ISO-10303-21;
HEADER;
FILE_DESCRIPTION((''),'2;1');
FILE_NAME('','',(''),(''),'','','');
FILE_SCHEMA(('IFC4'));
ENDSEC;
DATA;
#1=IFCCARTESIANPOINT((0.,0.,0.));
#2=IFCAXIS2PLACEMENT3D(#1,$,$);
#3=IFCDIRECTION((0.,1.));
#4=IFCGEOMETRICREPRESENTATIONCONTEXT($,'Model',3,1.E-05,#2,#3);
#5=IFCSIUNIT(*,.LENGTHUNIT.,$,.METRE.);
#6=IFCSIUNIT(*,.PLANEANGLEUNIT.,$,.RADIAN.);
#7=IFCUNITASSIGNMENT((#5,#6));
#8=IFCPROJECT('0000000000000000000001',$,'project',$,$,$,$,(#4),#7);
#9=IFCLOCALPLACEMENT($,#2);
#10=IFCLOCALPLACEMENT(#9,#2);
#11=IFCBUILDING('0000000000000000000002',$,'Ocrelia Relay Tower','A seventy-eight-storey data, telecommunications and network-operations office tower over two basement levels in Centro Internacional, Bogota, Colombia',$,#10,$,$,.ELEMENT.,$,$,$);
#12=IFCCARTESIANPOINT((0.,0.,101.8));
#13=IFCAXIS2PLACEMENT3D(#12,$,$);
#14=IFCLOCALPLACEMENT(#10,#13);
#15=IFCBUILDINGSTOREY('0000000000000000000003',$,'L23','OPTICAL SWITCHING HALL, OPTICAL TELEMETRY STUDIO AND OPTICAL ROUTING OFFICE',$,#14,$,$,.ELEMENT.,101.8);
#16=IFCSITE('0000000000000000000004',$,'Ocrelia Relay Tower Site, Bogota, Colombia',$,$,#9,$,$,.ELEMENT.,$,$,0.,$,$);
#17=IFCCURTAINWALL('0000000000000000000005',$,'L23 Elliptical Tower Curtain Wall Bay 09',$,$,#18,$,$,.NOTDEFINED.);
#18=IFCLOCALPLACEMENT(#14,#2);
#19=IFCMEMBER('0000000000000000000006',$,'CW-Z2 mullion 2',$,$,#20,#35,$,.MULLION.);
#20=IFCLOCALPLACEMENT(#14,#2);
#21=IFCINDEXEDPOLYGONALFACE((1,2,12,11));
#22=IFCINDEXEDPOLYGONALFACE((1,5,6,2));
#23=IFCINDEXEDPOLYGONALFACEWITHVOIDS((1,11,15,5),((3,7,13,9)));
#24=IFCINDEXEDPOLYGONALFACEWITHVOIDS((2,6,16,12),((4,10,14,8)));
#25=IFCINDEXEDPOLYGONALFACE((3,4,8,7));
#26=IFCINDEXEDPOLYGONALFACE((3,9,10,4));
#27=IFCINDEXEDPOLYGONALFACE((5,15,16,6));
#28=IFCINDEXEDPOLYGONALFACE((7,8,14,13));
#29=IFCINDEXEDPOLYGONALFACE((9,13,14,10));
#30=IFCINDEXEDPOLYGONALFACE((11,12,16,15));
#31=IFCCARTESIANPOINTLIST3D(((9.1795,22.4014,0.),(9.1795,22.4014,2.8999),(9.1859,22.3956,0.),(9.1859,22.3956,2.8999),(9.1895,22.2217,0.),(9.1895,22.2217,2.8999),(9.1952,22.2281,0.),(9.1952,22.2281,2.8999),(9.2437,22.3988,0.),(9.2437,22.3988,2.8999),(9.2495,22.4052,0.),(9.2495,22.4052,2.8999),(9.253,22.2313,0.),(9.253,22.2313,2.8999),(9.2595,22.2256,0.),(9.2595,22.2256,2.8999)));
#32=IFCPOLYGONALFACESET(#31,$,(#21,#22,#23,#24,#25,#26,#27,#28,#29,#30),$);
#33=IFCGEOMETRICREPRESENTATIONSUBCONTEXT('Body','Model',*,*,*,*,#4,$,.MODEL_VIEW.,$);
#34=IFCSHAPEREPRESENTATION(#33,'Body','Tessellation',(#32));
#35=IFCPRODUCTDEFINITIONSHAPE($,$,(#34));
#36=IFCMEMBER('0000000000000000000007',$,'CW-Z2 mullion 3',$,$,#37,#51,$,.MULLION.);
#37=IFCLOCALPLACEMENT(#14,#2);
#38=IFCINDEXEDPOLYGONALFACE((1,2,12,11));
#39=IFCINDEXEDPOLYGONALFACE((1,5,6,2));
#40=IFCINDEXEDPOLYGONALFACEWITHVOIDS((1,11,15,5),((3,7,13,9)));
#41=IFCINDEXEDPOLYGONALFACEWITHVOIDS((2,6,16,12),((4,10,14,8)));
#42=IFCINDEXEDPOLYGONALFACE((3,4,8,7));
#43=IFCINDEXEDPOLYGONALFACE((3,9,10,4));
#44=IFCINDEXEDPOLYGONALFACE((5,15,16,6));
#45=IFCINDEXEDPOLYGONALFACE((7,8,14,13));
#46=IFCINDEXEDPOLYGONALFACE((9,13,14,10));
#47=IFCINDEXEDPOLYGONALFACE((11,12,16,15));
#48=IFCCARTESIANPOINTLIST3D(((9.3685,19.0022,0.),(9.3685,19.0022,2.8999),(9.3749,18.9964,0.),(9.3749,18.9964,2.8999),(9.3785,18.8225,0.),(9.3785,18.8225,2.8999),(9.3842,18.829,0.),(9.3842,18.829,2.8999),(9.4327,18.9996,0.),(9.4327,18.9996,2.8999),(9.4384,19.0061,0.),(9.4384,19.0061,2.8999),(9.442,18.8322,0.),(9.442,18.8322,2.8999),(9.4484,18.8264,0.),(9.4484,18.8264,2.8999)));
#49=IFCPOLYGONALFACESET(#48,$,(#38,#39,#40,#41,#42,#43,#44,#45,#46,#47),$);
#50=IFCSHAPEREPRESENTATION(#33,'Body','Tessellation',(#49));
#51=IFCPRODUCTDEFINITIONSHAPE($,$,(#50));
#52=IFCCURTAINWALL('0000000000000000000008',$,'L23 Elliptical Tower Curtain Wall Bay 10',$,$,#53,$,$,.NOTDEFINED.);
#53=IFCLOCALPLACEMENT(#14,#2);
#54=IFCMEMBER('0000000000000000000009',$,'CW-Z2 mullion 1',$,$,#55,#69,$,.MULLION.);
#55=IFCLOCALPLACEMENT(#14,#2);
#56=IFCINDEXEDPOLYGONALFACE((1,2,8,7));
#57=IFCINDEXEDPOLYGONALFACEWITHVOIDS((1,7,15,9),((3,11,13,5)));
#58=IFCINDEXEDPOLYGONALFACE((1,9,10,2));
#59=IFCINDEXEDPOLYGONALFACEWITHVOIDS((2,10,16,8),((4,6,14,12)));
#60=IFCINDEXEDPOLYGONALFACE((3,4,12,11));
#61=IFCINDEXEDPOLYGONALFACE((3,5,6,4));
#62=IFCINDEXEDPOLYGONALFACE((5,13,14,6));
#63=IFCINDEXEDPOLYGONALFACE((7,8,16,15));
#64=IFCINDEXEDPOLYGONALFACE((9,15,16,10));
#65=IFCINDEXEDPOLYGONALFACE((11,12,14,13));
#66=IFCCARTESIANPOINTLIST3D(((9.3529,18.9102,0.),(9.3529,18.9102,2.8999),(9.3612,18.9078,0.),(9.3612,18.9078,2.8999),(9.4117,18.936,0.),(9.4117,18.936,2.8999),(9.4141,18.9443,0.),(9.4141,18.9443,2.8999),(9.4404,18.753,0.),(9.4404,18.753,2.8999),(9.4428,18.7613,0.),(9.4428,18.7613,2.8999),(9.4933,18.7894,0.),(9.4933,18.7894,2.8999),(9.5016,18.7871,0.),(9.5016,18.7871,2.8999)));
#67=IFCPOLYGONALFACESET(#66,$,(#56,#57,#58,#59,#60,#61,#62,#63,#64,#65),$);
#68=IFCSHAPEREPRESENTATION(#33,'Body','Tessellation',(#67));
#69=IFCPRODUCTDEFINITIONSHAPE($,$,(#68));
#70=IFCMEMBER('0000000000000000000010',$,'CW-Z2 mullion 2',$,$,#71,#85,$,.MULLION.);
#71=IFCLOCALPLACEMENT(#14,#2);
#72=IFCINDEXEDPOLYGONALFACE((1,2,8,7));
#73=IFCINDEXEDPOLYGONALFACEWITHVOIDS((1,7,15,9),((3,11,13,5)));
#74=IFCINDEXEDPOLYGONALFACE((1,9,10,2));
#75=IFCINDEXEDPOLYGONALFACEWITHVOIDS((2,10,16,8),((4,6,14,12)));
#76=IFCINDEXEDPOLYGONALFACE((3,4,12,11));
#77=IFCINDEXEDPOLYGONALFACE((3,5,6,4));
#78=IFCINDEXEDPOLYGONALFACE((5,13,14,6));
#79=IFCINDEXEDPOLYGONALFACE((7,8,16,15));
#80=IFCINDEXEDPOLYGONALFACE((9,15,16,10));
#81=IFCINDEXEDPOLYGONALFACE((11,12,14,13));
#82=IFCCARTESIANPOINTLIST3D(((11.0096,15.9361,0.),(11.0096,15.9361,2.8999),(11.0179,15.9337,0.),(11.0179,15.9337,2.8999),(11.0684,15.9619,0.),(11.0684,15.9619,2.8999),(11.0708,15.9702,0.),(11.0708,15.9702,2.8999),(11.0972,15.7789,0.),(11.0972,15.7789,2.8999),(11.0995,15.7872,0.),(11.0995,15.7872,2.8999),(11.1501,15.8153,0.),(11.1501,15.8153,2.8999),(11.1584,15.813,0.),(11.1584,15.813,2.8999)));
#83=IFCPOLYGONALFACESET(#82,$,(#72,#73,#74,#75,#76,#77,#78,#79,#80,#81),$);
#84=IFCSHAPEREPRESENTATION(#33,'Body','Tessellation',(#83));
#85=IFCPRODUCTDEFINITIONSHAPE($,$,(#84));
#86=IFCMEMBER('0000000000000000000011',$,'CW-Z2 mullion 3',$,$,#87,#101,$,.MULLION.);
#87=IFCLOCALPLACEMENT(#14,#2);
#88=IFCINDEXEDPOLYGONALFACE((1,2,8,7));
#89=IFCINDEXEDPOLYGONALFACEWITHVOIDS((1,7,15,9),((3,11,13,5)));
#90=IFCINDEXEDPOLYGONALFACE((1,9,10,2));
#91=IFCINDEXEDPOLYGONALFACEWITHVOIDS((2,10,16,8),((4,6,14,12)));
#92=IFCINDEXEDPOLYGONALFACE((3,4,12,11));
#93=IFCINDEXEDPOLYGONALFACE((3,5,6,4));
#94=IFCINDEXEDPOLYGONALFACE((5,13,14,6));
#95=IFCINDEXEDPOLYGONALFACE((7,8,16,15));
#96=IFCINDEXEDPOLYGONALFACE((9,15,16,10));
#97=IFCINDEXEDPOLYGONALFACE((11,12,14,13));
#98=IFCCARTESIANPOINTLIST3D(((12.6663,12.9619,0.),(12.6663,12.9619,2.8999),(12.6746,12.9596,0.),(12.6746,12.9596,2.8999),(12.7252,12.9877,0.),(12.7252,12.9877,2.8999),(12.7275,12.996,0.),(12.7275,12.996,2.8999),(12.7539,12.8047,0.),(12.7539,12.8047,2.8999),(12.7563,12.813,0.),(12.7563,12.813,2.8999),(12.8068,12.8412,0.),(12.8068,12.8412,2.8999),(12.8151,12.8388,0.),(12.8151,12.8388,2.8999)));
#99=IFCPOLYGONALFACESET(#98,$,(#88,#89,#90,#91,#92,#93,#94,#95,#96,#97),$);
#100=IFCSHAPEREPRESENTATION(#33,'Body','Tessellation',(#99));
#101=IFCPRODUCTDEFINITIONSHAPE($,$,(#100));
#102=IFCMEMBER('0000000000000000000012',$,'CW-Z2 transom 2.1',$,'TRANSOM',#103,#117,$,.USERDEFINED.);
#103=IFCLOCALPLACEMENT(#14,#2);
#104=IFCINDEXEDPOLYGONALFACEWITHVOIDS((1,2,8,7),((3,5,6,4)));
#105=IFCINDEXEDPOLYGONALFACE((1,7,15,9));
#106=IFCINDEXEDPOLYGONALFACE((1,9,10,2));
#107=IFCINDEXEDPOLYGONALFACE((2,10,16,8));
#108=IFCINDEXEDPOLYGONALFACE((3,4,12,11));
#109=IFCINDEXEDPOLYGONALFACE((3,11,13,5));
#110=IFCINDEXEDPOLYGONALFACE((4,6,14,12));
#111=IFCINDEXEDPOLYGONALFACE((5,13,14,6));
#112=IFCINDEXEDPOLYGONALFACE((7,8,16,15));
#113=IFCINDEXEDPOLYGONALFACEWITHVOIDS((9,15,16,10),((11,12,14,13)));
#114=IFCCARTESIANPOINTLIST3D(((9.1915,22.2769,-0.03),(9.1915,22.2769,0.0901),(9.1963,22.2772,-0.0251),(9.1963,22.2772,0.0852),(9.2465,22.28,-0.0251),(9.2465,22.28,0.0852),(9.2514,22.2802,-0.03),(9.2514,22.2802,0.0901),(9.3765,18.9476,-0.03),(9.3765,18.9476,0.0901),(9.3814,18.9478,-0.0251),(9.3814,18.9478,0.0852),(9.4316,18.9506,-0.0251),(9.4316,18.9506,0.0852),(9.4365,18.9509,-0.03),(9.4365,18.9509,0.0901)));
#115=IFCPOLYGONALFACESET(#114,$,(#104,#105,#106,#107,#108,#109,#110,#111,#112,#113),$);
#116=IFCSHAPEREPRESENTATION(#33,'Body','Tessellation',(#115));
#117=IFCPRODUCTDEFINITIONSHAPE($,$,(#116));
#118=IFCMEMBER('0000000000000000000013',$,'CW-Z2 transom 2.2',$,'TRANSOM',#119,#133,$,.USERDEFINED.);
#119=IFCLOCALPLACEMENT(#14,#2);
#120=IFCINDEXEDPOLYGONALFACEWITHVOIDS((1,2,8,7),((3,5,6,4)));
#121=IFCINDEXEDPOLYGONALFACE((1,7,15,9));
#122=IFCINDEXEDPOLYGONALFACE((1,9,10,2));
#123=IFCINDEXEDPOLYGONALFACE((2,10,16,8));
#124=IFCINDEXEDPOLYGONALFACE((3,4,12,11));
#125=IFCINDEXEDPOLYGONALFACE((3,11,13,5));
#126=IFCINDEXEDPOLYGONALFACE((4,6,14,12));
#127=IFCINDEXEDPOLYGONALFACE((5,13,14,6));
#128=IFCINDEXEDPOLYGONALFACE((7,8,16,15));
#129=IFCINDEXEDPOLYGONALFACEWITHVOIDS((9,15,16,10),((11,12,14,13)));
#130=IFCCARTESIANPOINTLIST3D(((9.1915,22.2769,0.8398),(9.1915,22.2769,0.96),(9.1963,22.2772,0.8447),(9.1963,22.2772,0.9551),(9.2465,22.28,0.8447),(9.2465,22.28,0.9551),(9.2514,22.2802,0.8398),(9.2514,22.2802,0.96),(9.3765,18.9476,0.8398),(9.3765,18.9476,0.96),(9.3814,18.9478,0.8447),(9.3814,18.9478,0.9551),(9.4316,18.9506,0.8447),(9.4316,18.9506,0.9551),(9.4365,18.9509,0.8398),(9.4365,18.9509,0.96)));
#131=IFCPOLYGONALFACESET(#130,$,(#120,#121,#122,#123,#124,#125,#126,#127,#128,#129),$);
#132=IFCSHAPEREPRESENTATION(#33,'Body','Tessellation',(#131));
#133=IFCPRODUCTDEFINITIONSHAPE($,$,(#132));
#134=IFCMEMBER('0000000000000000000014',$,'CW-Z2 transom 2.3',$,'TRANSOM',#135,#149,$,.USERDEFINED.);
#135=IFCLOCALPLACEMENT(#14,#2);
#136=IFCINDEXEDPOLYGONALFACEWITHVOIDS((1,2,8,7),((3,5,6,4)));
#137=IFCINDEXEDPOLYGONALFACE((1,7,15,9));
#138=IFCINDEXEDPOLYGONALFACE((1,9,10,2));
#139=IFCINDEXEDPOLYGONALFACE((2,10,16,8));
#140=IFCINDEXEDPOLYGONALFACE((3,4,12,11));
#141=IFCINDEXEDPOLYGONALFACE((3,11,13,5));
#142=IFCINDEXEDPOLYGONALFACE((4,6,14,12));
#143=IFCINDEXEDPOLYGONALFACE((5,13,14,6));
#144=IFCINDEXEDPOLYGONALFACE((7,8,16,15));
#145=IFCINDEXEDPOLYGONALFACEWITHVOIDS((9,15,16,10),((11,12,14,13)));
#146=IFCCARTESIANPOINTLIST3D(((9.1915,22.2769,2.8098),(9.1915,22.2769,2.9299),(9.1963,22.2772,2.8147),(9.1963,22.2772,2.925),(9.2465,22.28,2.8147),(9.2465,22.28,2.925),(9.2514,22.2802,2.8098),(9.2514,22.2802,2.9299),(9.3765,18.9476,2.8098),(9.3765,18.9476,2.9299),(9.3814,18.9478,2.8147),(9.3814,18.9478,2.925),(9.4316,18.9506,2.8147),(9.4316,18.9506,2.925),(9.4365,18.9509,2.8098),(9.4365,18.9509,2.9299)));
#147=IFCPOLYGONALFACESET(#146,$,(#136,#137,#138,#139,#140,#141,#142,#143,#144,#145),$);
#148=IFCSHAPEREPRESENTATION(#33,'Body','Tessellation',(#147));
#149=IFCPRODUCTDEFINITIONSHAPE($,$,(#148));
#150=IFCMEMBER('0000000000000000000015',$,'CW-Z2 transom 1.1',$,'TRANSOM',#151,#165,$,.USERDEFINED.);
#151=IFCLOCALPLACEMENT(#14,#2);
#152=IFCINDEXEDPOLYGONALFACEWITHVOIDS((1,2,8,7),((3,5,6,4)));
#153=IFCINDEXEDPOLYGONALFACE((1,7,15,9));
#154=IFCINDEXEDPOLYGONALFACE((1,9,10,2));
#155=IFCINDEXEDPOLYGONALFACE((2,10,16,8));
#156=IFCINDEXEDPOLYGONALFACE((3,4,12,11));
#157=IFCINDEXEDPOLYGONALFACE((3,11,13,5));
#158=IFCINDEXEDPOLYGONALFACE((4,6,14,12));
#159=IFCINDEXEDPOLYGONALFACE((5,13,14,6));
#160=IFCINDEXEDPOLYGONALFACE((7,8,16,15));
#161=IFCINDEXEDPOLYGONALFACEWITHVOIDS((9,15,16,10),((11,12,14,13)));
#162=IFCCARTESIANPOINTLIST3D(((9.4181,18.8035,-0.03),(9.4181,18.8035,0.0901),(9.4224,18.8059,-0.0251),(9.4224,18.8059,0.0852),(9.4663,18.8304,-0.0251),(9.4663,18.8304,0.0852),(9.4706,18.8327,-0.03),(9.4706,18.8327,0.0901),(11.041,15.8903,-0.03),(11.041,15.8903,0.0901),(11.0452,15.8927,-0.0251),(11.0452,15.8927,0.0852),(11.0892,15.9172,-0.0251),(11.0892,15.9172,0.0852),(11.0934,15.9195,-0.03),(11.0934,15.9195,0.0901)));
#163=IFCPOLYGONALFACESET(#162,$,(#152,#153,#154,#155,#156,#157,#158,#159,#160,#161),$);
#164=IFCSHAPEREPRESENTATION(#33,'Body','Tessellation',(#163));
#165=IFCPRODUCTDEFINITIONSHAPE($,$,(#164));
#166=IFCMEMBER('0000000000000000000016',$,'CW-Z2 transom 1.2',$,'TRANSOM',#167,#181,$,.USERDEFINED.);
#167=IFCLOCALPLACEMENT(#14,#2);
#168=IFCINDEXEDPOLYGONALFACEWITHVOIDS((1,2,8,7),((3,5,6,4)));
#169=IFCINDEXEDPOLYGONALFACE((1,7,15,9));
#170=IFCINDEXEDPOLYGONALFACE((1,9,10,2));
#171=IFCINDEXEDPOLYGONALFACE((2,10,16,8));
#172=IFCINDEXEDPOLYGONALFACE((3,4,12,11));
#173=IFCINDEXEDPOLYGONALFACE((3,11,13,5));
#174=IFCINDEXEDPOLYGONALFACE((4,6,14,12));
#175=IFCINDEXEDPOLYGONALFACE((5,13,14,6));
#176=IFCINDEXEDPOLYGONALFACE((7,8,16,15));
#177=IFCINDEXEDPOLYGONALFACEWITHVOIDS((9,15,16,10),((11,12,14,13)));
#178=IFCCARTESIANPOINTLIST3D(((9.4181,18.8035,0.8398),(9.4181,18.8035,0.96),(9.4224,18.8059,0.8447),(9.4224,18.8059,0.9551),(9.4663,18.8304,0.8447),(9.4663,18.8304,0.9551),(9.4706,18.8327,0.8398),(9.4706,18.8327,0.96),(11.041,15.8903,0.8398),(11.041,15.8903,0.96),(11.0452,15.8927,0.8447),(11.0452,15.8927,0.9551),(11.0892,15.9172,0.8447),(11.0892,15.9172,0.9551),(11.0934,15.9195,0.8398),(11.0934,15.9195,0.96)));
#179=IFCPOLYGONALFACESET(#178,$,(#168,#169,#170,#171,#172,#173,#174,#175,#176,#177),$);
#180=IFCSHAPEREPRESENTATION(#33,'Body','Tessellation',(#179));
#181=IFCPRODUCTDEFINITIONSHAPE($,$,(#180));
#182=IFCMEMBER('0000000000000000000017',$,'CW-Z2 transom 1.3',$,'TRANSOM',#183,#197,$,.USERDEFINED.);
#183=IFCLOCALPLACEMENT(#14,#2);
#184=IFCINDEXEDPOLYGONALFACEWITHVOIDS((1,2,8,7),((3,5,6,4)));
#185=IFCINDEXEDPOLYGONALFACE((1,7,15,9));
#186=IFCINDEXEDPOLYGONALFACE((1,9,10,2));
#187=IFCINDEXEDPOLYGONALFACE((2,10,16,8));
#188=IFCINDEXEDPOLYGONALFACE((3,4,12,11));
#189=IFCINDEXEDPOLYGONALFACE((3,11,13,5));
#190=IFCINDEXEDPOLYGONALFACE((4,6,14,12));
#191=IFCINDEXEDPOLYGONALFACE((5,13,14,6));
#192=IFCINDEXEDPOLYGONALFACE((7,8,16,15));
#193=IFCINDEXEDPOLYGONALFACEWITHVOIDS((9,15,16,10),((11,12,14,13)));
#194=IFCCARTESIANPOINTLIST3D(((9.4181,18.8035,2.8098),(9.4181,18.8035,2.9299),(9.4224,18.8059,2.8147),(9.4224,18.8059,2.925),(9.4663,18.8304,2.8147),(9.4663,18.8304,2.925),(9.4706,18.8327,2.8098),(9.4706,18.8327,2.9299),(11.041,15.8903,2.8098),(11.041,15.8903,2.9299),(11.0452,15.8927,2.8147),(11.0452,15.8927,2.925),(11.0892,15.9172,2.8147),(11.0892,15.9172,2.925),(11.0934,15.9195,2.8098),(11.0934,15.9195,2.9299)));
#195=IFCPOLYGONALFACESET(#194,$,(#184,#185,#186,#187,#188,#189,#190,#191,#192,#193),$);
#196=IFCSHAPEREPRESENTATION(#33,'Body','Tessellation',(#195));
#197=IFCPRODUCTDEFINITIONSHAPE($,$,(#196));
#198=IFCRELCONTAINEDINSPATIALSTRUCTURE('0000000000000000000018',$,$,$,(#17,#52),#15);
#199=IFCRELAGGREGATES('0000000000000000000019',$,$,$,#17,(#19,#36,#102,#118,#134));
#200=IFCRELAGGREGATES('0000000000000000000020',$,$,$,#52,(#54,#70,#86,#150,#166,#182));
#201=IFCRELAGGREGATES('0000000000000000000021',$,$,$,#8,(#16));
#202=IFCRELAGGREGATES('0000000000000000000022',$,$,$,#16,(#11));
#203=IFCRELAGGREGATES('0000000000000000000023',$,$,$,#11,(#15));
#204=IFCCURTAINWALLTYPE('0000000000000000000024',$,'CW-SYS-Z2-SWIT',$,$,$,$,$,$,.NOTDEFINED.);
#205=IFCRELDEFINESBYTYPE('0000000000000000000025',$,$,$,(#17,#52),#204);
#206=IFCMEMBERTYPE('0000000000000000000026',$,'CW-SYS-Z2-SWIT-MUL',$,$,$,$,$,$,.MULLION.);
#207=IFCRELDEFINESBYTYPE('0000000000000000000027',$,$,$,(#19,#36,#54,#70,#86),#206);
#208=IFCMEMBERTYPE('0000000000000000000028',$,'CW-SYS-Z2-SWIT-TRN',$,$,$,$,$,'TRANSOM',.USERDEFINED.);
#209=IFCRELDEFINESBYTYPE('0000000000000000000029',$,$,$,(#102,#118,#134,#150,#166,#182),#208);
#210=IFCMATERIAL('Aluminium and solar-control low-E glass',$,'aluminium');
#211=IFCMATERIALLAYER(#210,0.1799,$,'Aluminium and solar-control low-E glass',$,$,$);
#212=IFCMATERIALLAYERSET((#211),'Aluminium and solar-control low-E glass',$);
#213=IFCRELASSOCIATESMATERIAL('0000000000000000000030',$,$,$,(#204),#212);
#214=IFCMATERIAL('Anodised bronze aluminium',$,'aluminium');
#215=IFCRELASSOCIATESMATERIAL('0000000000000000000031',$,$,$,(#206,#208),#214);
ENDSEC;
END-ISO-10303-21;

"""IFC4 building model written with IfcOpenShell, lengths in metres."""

from ifc_helpers import new_model, si_unit, direction, frame, origin, origin_2d, place, context, subcontext, project, spatial, hollow_rectangle, extrude, material, layer, layer_set, material_profile, profile_set, type_object, element, aggregate, save


model = new_model("IFC4")

# Units and contexts
model_context = context("Model", 3, precision=1e-05, world=origin(), true_north=direction((0.0, 1.0)))
body_context = subcontext(model_context, "Body", "Model", "MODEL_VIEW")
ifc_project = project(units=[si_unit("LENGTHUNIT", "METRE"), si_unit("PLANEANGLEUNIT", "RADIAN")], contexts=[model_context])

# Site, building, storey
site_placement = place(None, origin())
site = spatial("IfcSite", under=ifc_project, at=site_placement, Name="Ocrelia Relay Tower Site, Bogota, Colombia", CompositionType="ELEMENT", RefElevation=0.0)
building_placement = place(site_placement, origin())
building = spatial("IfcBuilding", under=site, at=building_placement, Name="Ocrelia Relay Tower", Description="A seventy-eight-storey data, telecommunications and network-operations office tower over two basement levels in Centro Internacional, Bogota, Colombia", CompositionType="ELEMENT")
storey_placement = place(building_placement, frame((0.0, 0.0, 101.8)))
storey = spatial("IfcBuildingStorey", under=building, at=storey_placement, Name="L23", Description="OPTICAL SWITCHING HALL, OPTICAL TELEMETRY STUDIO AND OPTICAL ROUTING OFFICE", CompositionType="ELEMENT", Elevation=101.8)

# Curtain walls, members
ifc_material_1 = material(Name="Aluminium and solar-control low-E glass", Category="aluminium")
ifc_layer_1 = layer(ifc_material_1, 0.1799, Name="Aluminium and solar-control low-E glass")
ifc_layer_set_1 = layer_set([ifc_layer_1], Name="Aluminium and solar-control low-E glass")
curtain_wall_type = type_object("IfcCurtainWallType", Name="CW-SYS-Z2-SWIT", PredefinedType="NOTDEFINED", material=ifc_layer_set_1)
curtain_wall_1_placement = place(storey_placement, origin())
curtain_wall_1 = element("IfcCurtainWall", 1, at=curtain_wall_1_placement, inside=storey, type_object=curtain_wall_type, Name="L23 Elliptical Tower Curtain Wall Bay 09", PredefinedType="NOTDEFINED")
ifc_material_2 = material(Name="Anodised bronze aluminium", Category="aluminium")
ifc_material_profile_1 = material_profile(ifc_material_2, hollow_rectangle(XDim=0.0701, YDim=0.1799, WallThickness=0.0061, at=origin_2d()), Name="CW-MUL-180x70")
ifc_profile_set_1 = profile_set([ifc_material_profile_1], Name="Anodised bronze aluminium")
member_type_1 = type_object("IfcMemberType", Name="CW-SYS-Z2-SWIT-MUL", PredefinedType="MULLION", material=ifc_profile_set_1)
member_1_placement = place(storey_placement, frame((9.2195, 22.3135, 0.0), z_axis=(0.0, 0.0, 1.0), x_axis=(0.998459, 0.055487, 0.0)))
member_1 = element("IfcMember", 2, at=member_1_placement, type_object=member_type_1, Name="CW-Z2 mullion 2", PredefinedType="MULLION", context=body_context, shape_type="SweptSolid", body=[
    extrude(hollow_rectangle(XDim=0.0701, YDim=0.1799, WallThickness=0.0061, at=origin_2d()), origin(), (0.0, 0.0, 1.0), 2.8999),
])
member_2_placement = place(storey_placement, frame((9.4084, 18.9143, 0.0), z_axis=(0.0, 0.0, 1.0), x_axis=(0.998459, 0.055487, 0.0)))
member_2 = element("IfcMember", 3, at=member_2_placement, type_object=member_type_1, Name="CW-Z2 mullion 3", PredefinedType="MULLION", context=body_context, shape_type="SweptSolid", body=[
    extrude(hollow_rectangle(XDim=0.0701, YDim=0.1799, WallThickness=0.0061, at=origin_2d()), origin(), (0.0, 0.0, 1.0), 2.8999),
])
curtain_wall_2_placement = place(storey_placement, origin())
curtain_wall_2 = element("IfcCurtainWall", 4, at=curtain_wall_2_placement, inside=storey, type_object=curtain_wall_type, Name="L23 Elliptical Tower Curtain Wall Bay 10", PredefinedType="NOTDEFINED")
member_3_placement = place(storey_placement, frame((9.4272, 18.8486, 0.0), z_axis=(0.0, 0.0, 1.0), x_axis=(0.873612, 0.486624, 0.0)))
member_3 = element("IfcMember", 5, at=member_3_placement, type_object=member_type_1, Name="CW-Z2 mullion 1", PredefinedType="MULLION", context=body_context, shape_type="SweptSolid", body=[
    extrude(hollow_rectangle(XDim=0.0701, YDim=0.1799, WallThickness=0.0061, at=origin_2d()), origin(), (0.0, 0.0, 1.0), 2.8999),
])
member_4_placement = place(storey_placement, frame((11.084, 15.8745, 0.0), z_axis=(0.0, 0.0, 1.0), x_axis=(0.873612, 0.486624, 0.0)))
member_4 = element("IfcMember", 6, at=member_4_placement, type_object=member_type_1, Name="CW-Z2 mullion 2", PredefinedType="MULLION", context=body_context, shape_type="SweptSolid", body=[
    extrude(hollow_rectangle(XDim=0.0701, YDim=0.1799, WallThickness=0.0061, at=origin_2d()), origin(), (0.0, 0.0, 1.0), 2.8999),
])
member_5_placement = place(storey_placement, frame((12.7407, 12.9004, 0.0), z_axis=(0.0, 0.0, 1.0), x_axis=(0.873612, 0.486624, 0.0)))
member_5 = element("IfcMember", 7, at=member_5_placement, type_object=member_type_1, Name="CW-Z2 mullion 3", PredefinedType="MULLION", context=body_context, shape_type="SweptSolid", body=[
    extrude(hollow_rectangle(XDim=0.0701, YDim=0.1799, WallThickness=0.0061, at=origin_2d()), origin(), (0.0, 0.0, 1.0), 2.8999),
])

# Members
ifc_material_profile_2 = material_profile(ifc_material_2, hollow_rectangle(XDim=0.0601, YDim=0.1201, WallThickness=0.0049, at=origin_2d()), Name="CW-TRN-120x60")
ifc_profile_set_2 = profile_set([ifc_material_profile_2], Name="Anodised bronze aluminium")
member_type_2 = type_object("IfcMemberType", Name="CW-SYS-Z2-SWIT-TRN", ElementType="TRANSOM", PredefinedType="USERDEFINED", material=ifc_profile_set_2)
member_6_placement = place(storey_placement, frame((9.2214, 22.2786, 0.03), z_axis=(0.055498, -0.998459, 0.0), x_axis=(0.998459, 0.055498, 0.0)))
member_6 = element("IfcMember", 8, at=member_6_placement, type_object=member_type_2, Name="CW-Z2 transom 2.1", ObjectType="TRANSOM", PredefinedType="USERDEFINED", context=body_context, shape_type="SweptSolid", body=[
    extrude(hollow_rectangle(XDim=0.0601, YDim=0.1201, WallThickness=0.0049, at=origin_2d()), origin(), (0.0, 0.0, 1.0), 3.3345),
])
member_7_placement = place(storey_placement, frame((9.2214, 22.2786, 0.8999), z_axis=(0.055498, -0.998459, 0.0), x_axis=(0.998459, 0.055498, 0.0)))
member_7 = element("IfcMember", 9, at=member_7_placement, type_object=member_type_2, Name="CW-Z2 transom 2.2", ObjectType="TRANSOM", PredefinedType="USERDEFINED", context=body_context, shape_type="SweptSolid", body=[
    extrude(hollow_rectangle(XDim=0.0601, YDim=0.1201, WallThickness=0.0049, at=origin_2d()), origin(), (0.0, 0.0, 1.0), 3.3345),
])
member_8_placement = place(storey_placement, frame((9.2214, 22.2786, 2.8699), z_axis=(0.055498, -0.998459, 0.0), x_axis=(0.998459, 0.055498, 0.0)))
member_8 = element("IfcMember", 10, at=member_8_placement, type_object=member_type_2, Name="CW-Z2 transom 2.3", ObjectType="TRANSOM", PredefinedType="USERDEFINED", context=body_context, shape_type="SweptSolid", body=[
    extrude(hollow_rectangle(XDim=0.0601, YDim=0.1201, WallThickness=0.0049, at=origin_2d()), origin(), (0.0, 0.0, 1.0), 3.3345),
])
member_9_placement = place(storey_placement, frame((9.4443, 18.8181, 0.03), z_axis=(0.486656, -0.873594, 0.0), x_axis=(0.873594, 0.486656, 0.0)))
member_9 = element("IfcMember", 11, at=member_9_placement, type_object=member_type_2, Name="CW-Z2 transom 1.1", ObjectType="TRANSOM", PredefinedType="USERDEFINED", context=body_context, shape_type="SweptSolid", body=[
    extrude(hollow_rectangle(XDim=0.0601, YDim=0.1201, WallThickness=0.0049, at=origin_2d()), origin(), (0.0, 0.0, 1.0), 3.3347),
])
member_10_placement = place(storey_placement, frame((9.4443, 18.8181, 0.8999), z_axis=(0.486656, -0.873594, 0.0), x_axis=(0.873594, 0.486656, 0.0)))
member_10 = element("IfcMember", 12, at=member_10_placement, type_object=member_type_2, Name="CW-Z2 transom 1.2", ObjectType="TRANSOM", PredefinedType="USERDEFINED", context=body_context, shape_type="SweptSolid", body=[
    extrude(hollow_rectangle(XDim=0.0601, YDim=0.1201, WallThickness=0.0049, at=origin_2d()), origin(), (0.0, 0.0, 1.0), 3.3347),
])
member_11_placement = place(storey_placement, frame((9.4443, 18.8181, 2.8699), z_axis=(0.486656, -0.873594, 0.0), x_axis=(0.873594, 0.486656, 0.0)))
member_11 = element("IfcMember", 13, at=member_11_placement, type_object=member_type_2, Name="CW-Z2 transom 1.3", ObjectType="TRANSOM", PredefinedType="USERDEFINED", context=body_context, shape_type="SweptSolid", body=[
    extrude(hollow_rectangle(XDim=0.0601, YDim=0.1201, WallThickness=0.0049, at=origin_2d()), origin(), (0.0, 0.0, 1.0), 3.3347),
])

aggregate(curtain_wall_1, [member_1, member_2, member_6, member_7, member_8])
aggregate(curtain_wall_2, [member_3, member_4, member_5, member_9, member_10, member_11])

save(model, "model.ifc")
